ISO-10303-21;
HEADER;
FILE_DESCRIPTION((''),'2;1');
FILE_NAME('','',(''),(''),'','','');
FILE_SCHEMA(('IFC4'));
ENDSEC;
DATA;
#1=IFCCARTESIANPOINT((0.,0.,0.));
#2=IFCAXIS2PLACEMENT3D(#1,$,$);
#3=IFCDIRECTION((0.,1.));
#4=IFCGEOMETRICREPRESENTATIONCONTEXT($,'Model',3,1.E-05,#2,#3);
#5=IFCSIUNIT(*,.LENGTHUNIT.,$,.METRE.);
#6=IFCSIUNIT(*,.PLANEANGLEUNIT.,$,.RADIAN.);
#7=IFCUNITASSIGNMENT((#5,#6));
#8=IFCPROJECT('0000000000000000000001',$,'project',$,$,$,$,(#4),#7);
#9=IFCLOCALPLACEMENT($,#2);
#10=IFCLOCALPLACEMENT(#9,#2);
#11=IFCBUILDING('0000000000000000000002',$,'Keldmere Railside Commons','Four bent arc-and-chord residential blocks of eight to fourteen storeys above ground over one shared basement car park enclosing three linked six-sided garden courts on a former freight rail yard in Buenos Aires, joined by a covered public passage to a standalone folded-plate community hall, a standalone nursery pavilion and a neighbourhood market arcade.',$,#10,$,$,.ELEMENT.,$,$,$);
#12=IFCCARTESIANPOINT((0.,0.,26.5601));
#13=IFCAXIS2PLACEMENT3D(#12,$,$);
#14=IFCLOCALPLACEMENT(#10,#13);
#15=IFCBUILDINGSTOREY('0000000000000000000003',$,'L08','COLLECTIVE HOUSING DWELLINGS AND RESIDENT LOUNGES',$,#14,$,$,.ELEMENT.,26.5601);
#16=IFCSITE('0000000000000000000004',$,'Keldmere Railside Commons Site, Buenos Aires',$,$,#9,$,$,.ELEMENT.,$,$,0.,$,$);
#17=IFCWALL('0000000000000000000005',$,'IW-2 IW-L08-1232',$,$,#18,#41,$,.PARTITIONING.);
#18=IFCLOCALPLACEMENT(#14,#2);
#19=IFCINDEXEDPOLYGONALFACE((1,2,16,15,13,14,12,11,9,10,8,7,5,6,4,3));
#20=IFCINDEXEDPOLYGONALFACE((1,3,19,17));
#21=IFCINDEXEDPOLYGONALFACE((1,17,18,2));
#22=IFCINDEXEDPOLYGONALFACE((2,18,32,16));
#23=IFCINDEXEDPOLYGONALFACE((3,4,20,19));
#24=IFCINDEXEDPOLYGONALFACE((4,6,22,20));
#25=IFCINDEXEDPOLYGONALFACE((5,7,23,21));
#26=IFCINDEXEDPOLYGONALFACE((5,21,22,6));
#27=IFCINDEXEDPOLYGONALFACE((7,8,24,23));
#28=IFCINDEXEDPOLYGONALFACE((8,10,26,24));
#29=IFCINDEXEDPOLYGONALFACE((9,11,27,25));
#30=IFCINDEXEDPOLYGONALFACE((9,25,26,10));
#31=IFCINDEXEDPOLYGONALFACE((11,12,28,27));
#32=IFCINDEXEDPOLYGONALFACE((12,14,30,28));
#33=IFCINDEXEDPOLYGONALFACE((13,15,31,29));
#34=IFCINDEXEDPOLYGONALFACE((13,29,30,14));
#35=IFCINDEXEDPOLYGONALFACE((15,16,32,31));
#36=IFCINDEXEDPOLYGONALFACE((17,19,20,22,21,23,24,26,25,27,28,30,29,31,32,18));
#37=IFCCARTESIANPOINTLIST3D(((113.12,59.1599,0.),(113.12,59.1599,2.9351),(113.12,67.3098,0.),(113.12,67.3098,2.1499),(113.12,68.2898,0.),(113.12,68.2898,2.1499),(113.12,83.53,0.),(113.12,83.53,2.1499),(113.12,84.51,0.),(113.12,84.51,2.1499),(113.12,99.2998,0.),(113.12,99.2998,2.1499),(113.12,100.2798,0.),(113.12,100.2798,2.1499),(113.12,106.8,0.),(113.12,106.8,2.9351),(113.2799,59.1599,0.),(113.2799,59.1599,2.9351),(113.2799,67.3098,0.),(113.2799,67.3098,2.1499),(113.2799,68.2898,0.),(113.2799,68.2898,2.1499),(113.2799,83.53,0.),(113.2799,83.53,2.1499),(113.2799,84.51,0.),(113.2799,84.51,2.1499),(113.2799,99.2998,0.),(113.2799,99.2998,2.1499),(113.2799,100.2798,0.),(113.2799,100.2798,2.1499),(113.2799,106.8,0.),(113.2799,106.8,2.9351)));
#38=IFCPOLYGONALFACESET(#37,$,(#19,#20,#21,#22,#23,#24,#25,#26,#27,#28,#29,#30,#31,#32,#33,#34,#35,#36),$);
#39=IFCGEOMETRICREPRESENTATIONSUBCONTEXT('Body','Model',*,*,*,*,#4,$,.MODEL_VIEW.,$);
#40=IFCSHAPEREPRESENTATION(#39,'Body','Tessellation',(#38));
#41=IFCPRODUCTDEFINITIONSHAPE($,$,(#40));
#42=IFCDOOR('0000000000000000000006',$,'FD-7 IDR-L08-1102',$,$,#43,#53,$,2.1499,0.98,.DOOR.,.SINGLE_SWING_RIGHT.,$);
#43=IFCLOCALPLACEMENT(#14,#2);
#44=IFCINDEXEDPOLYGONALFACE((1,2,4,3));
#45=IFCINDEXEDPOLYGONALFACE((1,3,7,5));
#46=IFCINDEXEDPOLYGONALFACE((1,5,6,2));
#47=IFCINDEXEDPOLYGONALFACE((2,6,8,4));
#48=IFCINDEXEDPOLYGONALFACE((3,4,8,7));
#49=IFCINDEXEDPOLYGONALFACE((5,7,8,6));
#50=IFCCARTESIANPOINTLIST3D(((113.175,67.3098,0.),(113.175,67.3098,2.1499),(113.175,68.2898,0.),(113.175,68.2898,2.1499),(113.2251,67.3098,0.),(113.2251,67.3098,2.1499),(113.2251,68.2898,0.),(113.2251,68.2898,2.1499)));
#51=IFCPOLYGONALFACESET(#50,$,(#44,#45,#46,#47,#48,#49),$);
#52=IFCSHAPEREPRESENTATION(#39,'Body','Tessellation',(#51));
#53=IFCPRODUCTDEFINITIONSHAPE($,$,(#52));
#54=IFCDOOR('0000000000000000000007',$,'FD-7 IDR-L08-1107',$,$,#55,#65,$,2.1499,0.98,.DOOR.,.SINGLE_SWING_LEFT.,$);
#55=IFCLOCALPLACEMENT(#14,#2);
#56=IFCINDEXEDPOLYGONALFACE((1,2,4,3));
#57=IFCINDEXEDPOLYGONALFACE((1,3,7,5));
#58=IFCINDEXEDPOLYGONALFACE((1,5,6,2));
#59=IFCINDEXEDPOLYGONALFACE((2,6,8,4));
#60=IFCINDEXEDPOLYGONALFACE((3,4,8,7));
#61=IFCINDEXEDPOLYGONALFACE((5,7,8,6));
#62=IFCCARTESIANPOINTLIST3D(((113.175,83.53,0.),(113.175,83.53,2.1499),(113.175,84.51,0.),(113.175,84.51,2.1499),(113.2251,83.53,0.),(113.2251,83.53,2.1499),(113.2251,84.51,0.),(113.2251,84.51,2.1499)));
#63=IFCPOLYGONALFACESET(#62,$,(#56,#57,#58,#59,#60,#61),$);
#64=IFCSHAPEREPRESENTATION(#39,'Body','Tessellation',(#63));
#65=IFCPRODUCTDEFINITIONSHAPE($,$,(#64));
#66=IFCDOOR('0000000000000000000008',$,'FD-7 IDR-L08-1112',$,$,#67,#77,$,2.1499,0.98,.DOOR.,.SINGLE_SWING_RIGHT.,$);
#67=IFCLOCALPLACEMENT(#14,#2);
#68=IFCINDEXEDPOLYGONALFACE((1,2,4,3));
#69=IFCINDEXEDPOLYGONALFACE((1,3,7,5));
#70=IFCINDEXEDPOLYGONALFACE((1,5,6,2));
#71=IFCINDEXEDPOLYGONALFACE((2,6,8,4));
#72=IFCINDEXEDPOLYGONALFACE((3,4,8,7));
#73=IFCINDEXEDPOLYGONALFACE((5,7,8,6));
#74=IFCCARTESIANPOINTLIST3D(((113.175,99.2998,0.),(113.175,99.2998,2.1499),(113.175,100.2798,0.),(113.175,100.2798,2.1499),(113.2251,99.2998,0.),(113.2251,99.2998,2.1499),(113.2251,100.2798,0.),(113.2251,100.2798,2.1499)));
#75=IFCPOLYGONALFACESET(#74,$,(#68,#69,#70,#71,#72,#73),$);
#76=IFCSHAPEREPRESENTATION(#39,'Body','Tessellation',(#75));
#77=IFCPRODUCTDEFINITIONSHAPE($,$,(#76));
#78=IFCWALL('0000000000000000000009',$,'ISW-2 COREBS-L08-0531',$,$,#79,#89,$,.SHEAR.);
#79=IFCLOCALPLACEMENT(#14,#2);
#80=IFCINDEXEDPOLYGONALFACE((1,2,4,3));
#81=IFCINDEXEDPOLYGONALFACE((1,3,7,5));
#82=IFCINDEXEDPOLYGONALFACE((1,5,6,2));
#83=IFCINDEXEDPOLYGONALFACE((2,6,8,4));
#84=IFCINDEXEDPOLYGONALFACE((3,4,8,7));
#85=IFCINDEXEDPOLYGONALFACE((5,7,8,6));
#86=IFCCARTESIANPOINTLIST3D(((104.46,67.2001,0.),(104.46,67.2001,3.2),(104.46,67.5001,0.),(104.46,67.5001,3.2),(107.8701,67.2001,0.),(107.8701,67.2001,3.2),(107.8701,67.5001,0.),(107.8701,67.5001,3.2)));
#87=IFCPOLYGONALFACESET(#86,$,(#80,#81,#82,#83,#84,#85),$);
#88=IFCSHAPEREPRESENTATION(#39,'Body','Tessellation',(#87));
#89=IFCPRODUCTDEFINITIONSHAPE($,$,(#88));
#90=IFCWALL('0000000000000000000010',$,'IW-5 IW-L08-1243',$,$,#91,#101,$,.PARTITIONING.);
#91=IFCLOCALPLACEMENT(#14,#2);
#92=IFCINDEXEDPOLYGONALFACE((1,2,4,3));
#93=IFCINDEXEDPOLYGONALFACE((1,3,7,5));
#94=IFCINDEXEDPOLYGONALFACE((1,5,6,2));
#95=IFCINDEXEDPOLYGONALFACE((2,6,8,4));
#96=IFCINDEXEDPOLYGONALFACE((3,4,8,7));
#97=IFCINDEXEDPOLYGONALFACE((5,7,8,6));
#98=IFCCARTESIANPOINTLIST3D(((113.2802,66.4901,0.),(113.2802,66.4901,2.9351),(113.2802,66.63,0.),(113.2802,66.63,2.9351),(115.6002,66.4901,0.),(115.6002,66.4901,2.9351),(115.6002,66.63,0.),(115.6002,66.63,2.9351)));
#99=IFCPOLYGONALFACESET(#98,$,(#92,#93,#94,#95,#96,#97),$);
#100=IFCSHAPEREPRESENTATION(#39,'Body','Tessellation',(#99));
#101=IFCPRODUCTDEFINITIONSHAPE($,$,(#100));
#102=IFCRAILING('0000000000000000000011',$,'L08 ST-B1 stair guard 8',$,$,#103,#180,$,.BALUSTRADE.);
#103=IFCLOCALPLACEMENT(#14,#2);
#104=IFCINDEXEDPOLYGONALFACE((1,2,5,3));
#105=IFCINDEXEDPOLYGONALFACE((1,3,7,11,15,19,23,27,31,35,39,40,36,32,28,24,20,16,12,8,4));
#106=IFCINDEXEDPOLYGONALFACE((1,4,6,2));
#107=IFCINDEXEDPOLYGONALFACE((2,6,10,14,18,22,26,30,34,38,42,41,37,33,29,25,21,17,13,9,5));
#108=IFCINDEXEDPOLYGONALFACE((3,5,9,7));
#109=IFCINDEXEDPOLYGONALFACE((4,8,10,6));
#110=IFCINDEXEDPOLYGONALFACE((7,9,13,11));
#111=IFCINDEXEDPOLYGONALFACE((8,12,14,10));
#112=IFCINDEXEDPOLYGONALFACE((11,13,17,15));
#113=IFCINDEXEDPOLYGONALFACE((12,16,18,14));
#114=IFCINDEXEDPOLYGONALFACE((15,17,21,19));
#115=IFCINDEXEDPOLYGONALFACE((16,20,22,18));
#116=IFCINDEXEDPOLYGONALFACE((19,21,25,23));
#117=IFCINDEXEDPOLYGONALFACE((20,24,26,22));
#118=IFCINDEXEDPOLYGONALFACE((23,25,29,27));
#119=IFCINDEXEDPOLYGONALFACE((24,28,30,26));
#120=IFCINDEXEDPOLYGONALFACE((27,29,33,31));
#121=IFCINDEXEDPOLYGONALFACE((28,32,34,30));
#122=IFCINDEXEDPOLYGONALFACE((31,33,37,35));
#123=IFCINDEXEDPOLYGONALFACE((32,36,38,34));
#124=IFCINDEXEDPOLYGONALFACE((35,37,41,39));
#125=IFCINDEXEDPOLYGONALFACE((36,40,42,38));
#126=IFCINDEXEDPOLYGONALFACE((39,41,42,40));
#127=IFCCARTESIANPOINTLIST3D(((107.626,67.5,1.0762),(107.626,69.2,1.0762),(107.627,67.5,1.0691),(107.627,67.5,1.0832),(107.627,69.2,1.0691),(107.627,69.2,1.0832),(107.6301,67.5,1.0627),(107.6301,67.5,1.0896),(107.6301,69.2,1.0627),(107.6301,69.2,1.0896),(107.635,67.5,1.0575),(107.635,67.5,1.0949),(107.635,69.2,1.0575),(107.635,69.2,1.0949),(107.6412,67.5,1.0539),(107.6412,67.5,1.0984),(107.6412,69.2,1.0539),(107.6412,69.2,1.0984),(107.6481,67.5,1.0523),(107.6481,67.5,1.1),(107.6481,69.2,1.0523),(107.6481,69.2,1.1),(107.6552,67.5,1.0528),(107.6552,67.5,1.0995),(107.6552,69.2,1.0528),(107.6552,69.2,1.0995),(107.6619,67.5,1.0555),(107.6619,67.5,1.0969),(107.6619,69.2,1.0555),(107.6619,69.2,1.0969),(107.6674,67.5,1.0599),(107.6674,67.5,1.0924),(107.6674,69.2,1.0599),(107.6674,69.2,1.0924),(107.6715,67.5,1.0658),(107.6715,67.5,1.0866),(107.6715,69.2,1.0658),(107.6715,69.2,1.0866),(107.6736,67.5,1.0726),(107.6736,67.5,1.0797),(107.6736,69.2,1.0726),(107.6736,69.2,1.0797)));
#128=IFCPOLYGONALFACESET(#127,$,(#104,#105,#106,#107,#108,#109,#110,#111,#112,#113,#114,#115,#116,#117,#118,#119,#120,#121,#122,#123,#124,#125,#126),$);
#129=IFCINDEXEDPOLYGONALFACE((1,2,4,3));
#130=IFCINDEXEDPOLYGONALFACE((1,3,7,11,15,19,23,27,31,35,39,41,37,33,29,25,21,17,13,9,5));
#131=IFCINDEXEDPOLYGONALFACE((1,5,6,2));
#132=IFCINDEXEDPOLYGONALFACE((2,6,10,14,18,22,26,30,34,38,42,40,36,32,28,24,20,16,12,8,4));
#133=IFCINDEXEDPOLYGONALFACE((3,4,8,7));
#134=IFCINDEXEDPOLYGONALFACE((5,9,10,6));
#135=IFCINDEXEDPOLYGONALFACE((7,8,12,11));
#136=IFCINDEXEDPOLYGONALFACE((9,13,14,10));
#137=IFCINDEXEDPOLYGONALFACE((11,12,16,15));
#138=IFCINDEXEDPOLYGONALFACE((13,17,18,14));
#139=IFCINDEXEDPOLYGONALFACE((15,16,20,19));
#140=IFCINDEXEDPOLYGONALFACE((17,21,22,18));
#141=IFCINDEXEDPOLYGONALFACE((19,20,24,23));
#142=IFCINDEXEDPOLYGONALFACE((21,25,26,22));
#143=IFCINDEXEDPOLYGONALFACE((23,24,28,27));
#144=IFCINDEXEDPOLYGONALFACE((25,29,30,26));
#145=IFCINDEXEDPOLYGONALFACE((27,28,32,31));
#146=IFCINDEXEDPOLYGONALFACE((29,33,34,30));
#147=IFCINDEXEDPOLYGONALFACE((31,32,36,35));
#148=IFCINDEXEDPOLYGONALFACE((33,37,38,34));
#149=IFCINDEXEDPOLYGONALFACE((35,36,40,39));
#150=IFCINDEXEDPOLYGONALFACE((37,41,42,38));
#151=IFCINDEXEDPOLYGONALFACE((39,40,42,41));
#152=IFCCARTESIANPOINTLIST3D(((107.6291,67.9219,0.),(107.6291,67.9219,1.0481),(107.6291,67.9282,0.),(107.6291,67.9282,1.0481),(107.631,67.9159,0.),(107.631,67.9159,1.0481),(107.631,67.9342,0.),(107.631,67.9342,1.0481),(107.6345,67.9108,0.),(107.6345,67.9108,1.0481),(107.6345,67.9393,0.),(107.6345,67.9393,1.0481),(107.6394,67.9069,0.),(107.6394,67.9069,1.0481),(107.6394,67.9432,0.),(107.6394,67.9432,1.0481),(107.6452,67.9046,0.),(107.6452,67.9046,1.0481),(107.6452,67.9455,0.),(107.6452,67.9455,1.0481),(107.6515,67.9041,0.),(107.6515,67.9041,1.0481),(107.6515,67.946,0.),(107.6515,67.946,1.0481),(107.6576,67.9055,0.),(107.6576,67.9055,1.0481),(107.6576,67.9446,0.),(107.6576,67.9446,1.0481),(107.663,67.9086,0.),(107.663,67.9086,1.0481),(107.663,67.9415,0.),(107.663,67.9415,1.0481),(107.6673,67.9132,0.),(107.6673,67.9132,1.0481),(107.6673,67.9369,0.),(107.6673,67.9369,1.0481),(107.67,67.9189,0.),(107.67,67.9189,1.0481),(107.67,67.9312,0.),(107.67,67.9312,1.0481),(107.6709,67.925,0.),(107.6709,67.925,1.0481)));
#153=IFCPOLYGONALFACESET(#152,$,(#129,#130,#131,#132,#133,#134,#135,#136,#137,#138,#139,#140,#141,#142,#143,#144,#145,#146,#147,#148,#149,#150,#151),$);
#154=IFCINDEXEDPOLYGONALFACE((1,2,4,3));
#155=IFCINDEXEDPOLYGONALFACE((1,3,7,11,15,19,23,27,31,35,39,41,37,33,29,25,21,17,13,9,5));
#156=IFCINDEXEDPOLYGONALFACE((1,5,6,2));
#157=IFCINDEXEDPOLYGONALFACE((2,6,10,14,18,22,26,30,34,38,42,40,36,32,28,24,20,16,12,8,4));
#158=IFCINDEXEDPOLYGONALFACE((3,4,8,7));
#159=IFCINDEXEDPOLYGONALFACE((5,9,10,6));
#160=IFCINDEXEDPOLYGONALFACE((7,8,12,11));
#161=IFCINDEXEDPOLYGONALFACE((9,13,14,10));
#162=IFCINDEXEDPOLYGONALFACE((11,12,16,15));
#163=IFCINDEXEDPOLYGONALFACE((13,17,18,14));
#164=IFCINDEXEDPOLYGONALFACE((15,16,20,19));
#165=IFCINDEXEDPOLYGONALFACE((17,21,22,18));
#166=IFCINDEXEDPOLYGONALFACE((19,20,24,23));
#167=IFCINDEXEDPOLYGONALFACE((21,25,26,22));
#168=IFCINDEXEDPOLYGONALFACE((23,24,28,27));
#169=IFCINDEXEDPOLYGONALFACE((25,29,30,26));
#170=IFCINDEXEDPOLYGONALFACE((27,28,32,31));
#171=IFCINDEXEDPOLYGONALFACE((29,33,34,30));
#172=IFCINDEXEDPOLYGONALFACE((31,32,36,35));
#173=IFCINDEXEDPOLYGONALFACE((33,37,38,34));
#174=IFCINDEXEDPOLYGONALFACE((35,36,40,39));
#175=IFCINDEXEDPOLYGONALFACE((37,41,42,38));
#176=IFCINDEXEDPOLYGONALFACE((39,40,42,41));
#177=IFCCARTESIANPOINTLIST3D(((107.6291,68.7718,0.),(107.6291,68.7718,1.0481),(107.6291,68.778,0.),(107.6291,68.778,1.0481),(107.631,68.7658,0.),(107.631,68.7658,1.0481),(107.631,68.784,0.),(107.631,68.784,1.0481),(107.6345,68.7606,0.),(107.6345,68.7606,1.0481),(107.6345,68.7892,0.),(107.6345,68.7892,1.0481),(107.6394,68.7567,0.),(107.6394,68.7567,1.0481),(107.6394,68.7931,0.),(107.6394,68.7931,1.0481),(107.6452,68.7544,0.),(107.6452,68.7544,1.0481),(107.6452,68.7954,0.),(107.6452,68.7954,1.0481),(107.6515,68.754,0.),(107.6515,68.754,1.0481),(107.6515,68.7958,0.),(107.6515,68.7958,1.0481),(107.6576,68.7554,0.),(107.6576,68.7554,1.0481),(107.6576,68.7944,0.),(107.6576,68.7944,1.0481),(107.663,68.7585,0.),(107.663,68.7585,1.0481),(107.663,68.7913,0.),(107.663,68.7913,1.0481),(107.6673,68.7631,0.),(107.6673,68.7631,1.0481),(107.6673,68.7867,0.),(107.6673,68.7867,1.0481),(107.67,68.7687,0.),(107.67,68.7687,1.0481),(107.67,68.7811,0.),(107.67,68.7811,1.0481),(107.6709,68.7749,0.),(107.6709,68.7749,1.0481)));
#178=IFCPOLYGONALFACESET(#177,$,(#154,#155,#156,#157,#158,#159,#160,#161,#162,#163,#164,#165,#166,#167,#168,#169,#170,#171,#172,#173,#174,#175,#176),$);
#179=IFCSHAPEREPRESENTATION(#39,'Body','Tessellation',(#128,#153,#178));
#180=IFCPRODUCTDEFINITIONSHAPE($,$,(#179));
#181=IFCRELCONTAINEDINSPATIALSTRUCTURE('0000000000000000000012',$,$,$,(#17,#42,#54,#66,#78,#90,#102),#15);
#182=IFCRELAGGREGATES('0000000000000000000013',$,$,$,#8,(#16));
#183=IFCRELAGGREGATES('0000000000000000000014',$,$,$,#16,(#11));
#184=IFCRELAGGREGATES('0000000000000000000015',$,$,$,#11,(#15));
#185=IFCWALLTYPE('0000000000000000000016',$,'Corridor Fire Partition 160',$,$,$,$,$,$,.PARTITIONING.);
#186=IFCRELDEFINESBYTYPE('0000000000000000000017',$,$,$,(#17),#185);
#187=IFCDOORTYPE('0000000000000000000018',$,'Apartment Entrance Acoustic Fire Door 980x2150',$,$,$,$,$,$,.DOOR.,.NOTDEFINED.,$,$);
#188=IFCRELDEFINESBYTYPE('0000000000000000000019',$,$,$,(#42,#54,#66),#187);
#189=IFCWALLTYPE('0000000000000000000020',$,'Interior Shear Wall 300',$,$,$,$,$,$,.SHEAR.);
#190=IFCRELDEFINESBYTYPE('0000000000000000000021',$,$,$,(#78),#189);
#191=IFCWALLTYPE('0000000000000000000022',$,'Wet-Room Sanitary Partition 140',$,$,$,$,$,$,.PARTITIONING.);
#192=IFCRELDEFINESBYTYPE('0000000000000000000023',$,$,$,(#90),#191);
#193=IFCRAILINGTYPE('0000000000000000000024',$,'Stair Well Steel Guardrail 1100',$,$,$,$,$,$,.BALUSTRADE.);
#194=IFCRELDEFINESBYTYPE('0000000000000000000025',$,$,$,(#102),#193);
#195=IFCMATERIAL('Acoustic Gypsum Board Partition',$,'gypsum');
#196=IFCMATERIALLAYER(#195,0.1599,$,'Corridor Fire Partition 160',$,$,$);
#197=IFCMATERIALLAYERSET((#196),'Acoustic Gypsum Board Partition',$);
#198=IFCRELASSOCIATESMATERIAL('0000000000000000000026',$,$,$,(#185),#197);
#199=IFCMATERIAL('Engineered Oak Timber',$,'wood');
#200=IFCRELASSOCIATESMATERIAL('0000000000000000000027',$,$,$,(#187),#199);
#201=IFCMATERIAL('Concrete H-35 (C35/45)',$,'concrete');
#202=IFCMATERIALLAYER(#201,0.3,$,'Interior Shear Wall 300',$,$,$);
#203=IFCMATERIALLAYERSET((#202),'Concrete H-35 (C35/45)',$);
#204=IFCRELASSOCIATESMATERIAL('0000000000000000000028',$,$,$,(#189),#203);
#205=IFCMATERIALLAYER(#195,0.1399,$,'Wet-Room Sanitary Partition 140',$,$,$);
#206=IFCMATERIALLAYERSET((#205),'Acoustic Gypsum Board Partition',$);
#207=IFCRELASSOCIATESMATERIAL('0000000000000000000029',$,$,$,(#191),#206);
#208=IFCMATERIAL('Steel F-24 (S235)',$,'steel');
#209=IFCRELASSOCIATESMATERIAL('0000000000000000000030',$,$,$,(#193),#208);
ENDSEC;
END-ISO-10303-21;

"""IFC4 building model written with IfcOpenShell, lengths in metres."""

from ifc_helpers import new_model, si_unit, direction, frame, frame_2d, origin, origin_2d, place, context, subcontext, project, spatial, rectangle, circle, extrude, material, layer, layer_set, type_object, element, fill, save


model = new_model("IFC4")

# Units and contexts
model_context = context("Model", 3, precision=1e-05, world=origin(), true_north=direction((0.0, 1.0)))
body_context = subcontext(model_context, "Body", "Model", "MODEL_VIEW")
ifc_project = project(units=[si_unit("LENGTHUNIT", "METRE"), si_unit("PLANEANGLEUNIT", "RADIAN")], contexts=[model_context])

# Site, building, storey
site_placement = place(None, origin())
site = spatial("IfcSite", under=ifc_project, at=site_placement, Name="Keldmere Railside Commons Site, Buenos Aires", CompositionType="ELEMENT", RefElevation=0.0)
building_placement = place(site_placement, origin())
building = spatial("IfcBuilding", under=site, at=building_placement, Name="Keldmere Railside Commons", Description="Four bent arc-and-chord residential blocks of eight to fourteen storeys above ground over one shared basement car park enclosing three linked six-sided garden courts on a former freight rail yard in Buenos Aires, joined by a covered public passage to a standalone folded-plate community hall, a standalone nursery pavilion and a neighbourhood market arcade.", CompositionType="ELEMENT")
storey_placement = place(building_placement, frame((0.0, 0.0, 26.5601)))
storey = spatial("IfcBuildingStorey", under=building, at=storey_placement, Name="L08", Description="COLLECTIVE HOUSING DWELLINGS AND RESIDENT LOUNGES", CompositionType="ELEMENT", Elevation=26.5601)

# Shared definitions
ifc_material_1 = material(Name="Concrete H-35 (C35/45)", Category="concrete")

# Wall, openings, doors
ifc_material_2 = material(Name="Acoustic Gypsum Board Partition", Category="gypsum")
ifc_material_3 = material(Name="Engineered Oak Timber", Category="wood")
ifc_layer_1 = layer(ifc_material_2, 0.1599, Name="Corridor Fire Partition 160")
ifc_layer_set_1 = layer_set([ifc_layer_1], Name="Acoustic Gypsum Board Partition")
wall_type_1 = type_object("IfcWallType", Name="Corridor Fire Partition 160", PredefinedType="PARTITIONING", material=ifc_layer_set_1)
door_type_1 = type_object("IfcDoorType", Name="Apartment Entrance Acoustic Fire Door 980x2150", OperationType="NOTDEFINED", PredefinedType="DOOR", material=ifc_material_3)
ifc_material_4 = material(Name="Steel F-24 (S235)", Category="steel")
wall_1_placement = place(storey_placement, frame((113.2, 59.1599, 0.0), z_axis=(0.0, 0.0, 1.0), x_axis=(0.0, 1.0, 0.0)))
wall_1 = element("IfcWall", 1, at=wall_1_placement, inside=storey, type_object=wall_type_1, Name="IW-2 IW-L08-1232", PredefinedType="PARTITIONING", context=body_context, shape_type="SweptSolid", body=[
    extrude(rectangle(XDim=47.6401, YDim=0.1599, at=frame_2d((23.8201, 0.0))), origin(), (0.0, 0.0, 1.0), 2.9351),
])
opening_1_placement = place(wall_1_placement, frame((8.1499, 0.0, 0.0)))
opening_1 = element("IfcOpeningElement", 2, at=opening_1_placement, cuts=wall_1, PredefinedType="OPENING", context=body_context, shape_type="SweptSolid", body=[
    extrude(rectangle(XDim=0.98, YDim=2.1499, at=frame_2d((0.49, 1.075))), frame((0.0, 0.0898, 0.0), z_axis=(0.0, -1.0, 0.0), x_axis=(1.0, 0.0, 0.0)), (0.0, 0.0, 1.0), 0.1799),
])
opening_2_placement = place(wall_1_placement, frame((24.3701, 0.0, 0.0)))
opening_2 = element("IfcOpeningElement", 3, at=opening_2_placement, cuts=wall_1, PredefinedType="OPENING", context=body_context, shape_type="SweptSolid", body=[
    extrude(rectangle(XDim=0.98, YDim=2.1499, at=frame_2d((0.49, 1.075))), frame((0.0, 0.0898, 0.0), z_axis=(0.0, -1.0, 0.0), x_axis=(1.0, 0.0, 0.0)), (0.0, 0.0, 1.0), 0.1799),
])
opening_3_placement = place(wall_1_placement, frame((40.1399, 0.0, 0.0)))
opening_3 = element("IfcOpeningElement", 4, at=opening_3_placement, cuts=wall_1, PredefinedType="OPENING", context=body_context, shape_type="SweptSolid", body=[
    extrude(rectangle(XDim=0.98, YDim=2.1499, at=frame_2d((0.49, 1.075))), frame((0.0, 0.0898, 0.0), z_axis=(0.0, -1.0, 0.0), x_axis=(1.0, 0.0, 0.0)), (0.0, 0.0, 1.0), 0.1799),
])
door_1_placement = place(opening_1_placement, origin())
door_1 = element("IfcDoor", 5, at=door_1_placement, inside=storey, type_object=door_type_1, Name="FD-7 IDR-L08-1102", OperationType="SINGLE_SWING_RIGHT", OverallHeight=2.1499, OverallWidth=0.98, PredefinedType="DOOR", context=body_context, shape_type="SweptSolid", body=[
    extrude(rectangle(XDim=0.98, YDim=2.1499, at=frame_2d((0.49, 1.075))), frame((0.0, 0.0249, 0.0), z_axis=(0.0, -1.0, 0.0), x_axis=(1.0, 0.0, 0.0)), (0.0, 0.0, 1.0), 0.05),
])
fill(opening_1, door_1)
door_2_placement = place(opening_2_placement, origin())
door_2 = element("IfcDoor", 6, at=door_2_placement, inside=storey, type_object=door_type_1, Name="FD-7 IDR-L08-1107", OperationType="SINGLE_SWING_LEFT", OverallHeight=2.1499, OverallWidth=0.98, PredefinedType="DOOR", context=body_context, shape_type="SweptSolid", body=[
    extrude(rectangle(XDim=0.98, YDim=2.1499, at=frame_2d((0.49, 1.075))), frame((0.0, 0.0249, 0.0), z_axis=(0.0, -1.0, 0.0), x_axis=(1.0, 0.0, 0.0)), (0.0, 0.0, 1.0), 0.05),
])
fill(opening_2, door_2)
door_3_placement = place(opening_3_placement, origin())
door_3 = element("IfcDoor", 7, at=door_3_placement, inside=storey, type_object=door_type_1, Name="FD-7 IDR-L08-1112", OperationType="SINGLE_SWING_RIGHT", OverallHeight=2.1499, OverallWidth=0.98, PredefinedType="DOOR", context=body_context, shape_type="SweptSolid", body=[
    extrude(rectangle(XDim=0.98, YDim=2.1499, at=frame_2d((0.49, 1.075))), frame((0.0, 0.0249, 0.0), z_axis=(0.0, -1.0, 0.0), x_axis=(1.0, 0.0, 0.0)), (0.0, 0.0, 1.0), 0.05),
])
fill(opening_3, door_3)

# Walls
ifc_layer_2 = layer(ifc_material_1, 0.3, Name="Interior Shear Wall 300")
ifc_layer_set_2 = layer_set([ifc_layer_2], Name="Concrete H-35 (C35/45)")
wall_type_2 = type_object("IfcWallType", Name="Interior Shear Wall 300", PredefinedType="SHEAR", material=ifc_layer_set_2)
wall_2_placement = place(storey_placement, frame((107.8701, 67.3501, 0.0), z_axis=(0.0, 0.0, 1.0), x_axis=(-1.0, 0.0, 0.0)))
element("IfcWall", 8, at=wall_2_placement, inside=storey, type_object=wall_type_2, Name="ISW-2 COREBS-L08-0531", PredefinedType="SHEAR", context=body_context, shape_type="SweptSolid", body=[
    extrude(rectangle(XDim=3.4102, YDim=0.3, at=frame_2d((1.7051, 0.0))), origin(), (0.0, 0.0, 1.0), 3.2),
])
ifc_layer_3 = layer(ifc_material_2, 0.1399, Name="Wet-Room Sanitary Partition 140")
ifc_layer_set_3 = layer_set([ifc_layer_3], Name="Acoustic Gypsum Board Partition")
wall_type_3 = type_object("IfcWallType", Name="Wet-Room Sanitary Partition 140", PredefinedType="PARTITIONING", material=ifc_layer_set_3)
wall_3_placement = place(storey_placement, frame((113.28, 66.5601, 0.0), z_axis=(0.0, 0.0, 1.0), x_axis=(1.0, 0.0, 0.0)))
element("IfcWall", 9, at=wall_3_placement, inside=storey, type_object=wall_type_3, Name="IW-5 IW-L08-1243", PredefinedType="PARTITIONING", context=body_context, shape_type="SweptSolid", body=[
    extrude(rectangle(XDim=2.3201, YDim=0.1399, at=frame_2d((1.1602, 0.0))), origin(), (0.0, 0.0, 1.0), 2.9351),
])

# Railing
railing_type = type_object("IfcRailingType", Name="Stair Well Steel Guardrail 1100", PredefinedType="BALUSTRADE", material=ifc_material_4)
railing_1_placement = place(storey_placement, frame((107.6499, 67.5, 0.0)))
element("IfcRailing", 10, at=railing_1_placement, inside=storey, type_object=railing_type, Name="L08 ST-B1 stair guard 8", PredefinedType="BALUSTRADE", context=body_context, shape_type="SweptSolid", body=[
    extrude(circle(Radius=0.0239, at=origin_2d()), frame((0.0, 0.0, 1.0762), z_axis=(0.0, 1.0, 0.0), x_axis=(-1.0, 0.0, 0.0)), (0.0, 0.0, 1.0), 1.7),
    extrude(circle(Radius=0.021, at=origin_2d()), frame((0.0, 0.425, 0.0)), (0.0, 0.0, 1.0), 1.0481),
    extrude(circle(Radius=0.021, at=origin_2d()), frame((0.0, 1.2749, 0.0)), (0.0, 0.0, 1.0), 1.0481),
])

save(model, "model.ifc")
